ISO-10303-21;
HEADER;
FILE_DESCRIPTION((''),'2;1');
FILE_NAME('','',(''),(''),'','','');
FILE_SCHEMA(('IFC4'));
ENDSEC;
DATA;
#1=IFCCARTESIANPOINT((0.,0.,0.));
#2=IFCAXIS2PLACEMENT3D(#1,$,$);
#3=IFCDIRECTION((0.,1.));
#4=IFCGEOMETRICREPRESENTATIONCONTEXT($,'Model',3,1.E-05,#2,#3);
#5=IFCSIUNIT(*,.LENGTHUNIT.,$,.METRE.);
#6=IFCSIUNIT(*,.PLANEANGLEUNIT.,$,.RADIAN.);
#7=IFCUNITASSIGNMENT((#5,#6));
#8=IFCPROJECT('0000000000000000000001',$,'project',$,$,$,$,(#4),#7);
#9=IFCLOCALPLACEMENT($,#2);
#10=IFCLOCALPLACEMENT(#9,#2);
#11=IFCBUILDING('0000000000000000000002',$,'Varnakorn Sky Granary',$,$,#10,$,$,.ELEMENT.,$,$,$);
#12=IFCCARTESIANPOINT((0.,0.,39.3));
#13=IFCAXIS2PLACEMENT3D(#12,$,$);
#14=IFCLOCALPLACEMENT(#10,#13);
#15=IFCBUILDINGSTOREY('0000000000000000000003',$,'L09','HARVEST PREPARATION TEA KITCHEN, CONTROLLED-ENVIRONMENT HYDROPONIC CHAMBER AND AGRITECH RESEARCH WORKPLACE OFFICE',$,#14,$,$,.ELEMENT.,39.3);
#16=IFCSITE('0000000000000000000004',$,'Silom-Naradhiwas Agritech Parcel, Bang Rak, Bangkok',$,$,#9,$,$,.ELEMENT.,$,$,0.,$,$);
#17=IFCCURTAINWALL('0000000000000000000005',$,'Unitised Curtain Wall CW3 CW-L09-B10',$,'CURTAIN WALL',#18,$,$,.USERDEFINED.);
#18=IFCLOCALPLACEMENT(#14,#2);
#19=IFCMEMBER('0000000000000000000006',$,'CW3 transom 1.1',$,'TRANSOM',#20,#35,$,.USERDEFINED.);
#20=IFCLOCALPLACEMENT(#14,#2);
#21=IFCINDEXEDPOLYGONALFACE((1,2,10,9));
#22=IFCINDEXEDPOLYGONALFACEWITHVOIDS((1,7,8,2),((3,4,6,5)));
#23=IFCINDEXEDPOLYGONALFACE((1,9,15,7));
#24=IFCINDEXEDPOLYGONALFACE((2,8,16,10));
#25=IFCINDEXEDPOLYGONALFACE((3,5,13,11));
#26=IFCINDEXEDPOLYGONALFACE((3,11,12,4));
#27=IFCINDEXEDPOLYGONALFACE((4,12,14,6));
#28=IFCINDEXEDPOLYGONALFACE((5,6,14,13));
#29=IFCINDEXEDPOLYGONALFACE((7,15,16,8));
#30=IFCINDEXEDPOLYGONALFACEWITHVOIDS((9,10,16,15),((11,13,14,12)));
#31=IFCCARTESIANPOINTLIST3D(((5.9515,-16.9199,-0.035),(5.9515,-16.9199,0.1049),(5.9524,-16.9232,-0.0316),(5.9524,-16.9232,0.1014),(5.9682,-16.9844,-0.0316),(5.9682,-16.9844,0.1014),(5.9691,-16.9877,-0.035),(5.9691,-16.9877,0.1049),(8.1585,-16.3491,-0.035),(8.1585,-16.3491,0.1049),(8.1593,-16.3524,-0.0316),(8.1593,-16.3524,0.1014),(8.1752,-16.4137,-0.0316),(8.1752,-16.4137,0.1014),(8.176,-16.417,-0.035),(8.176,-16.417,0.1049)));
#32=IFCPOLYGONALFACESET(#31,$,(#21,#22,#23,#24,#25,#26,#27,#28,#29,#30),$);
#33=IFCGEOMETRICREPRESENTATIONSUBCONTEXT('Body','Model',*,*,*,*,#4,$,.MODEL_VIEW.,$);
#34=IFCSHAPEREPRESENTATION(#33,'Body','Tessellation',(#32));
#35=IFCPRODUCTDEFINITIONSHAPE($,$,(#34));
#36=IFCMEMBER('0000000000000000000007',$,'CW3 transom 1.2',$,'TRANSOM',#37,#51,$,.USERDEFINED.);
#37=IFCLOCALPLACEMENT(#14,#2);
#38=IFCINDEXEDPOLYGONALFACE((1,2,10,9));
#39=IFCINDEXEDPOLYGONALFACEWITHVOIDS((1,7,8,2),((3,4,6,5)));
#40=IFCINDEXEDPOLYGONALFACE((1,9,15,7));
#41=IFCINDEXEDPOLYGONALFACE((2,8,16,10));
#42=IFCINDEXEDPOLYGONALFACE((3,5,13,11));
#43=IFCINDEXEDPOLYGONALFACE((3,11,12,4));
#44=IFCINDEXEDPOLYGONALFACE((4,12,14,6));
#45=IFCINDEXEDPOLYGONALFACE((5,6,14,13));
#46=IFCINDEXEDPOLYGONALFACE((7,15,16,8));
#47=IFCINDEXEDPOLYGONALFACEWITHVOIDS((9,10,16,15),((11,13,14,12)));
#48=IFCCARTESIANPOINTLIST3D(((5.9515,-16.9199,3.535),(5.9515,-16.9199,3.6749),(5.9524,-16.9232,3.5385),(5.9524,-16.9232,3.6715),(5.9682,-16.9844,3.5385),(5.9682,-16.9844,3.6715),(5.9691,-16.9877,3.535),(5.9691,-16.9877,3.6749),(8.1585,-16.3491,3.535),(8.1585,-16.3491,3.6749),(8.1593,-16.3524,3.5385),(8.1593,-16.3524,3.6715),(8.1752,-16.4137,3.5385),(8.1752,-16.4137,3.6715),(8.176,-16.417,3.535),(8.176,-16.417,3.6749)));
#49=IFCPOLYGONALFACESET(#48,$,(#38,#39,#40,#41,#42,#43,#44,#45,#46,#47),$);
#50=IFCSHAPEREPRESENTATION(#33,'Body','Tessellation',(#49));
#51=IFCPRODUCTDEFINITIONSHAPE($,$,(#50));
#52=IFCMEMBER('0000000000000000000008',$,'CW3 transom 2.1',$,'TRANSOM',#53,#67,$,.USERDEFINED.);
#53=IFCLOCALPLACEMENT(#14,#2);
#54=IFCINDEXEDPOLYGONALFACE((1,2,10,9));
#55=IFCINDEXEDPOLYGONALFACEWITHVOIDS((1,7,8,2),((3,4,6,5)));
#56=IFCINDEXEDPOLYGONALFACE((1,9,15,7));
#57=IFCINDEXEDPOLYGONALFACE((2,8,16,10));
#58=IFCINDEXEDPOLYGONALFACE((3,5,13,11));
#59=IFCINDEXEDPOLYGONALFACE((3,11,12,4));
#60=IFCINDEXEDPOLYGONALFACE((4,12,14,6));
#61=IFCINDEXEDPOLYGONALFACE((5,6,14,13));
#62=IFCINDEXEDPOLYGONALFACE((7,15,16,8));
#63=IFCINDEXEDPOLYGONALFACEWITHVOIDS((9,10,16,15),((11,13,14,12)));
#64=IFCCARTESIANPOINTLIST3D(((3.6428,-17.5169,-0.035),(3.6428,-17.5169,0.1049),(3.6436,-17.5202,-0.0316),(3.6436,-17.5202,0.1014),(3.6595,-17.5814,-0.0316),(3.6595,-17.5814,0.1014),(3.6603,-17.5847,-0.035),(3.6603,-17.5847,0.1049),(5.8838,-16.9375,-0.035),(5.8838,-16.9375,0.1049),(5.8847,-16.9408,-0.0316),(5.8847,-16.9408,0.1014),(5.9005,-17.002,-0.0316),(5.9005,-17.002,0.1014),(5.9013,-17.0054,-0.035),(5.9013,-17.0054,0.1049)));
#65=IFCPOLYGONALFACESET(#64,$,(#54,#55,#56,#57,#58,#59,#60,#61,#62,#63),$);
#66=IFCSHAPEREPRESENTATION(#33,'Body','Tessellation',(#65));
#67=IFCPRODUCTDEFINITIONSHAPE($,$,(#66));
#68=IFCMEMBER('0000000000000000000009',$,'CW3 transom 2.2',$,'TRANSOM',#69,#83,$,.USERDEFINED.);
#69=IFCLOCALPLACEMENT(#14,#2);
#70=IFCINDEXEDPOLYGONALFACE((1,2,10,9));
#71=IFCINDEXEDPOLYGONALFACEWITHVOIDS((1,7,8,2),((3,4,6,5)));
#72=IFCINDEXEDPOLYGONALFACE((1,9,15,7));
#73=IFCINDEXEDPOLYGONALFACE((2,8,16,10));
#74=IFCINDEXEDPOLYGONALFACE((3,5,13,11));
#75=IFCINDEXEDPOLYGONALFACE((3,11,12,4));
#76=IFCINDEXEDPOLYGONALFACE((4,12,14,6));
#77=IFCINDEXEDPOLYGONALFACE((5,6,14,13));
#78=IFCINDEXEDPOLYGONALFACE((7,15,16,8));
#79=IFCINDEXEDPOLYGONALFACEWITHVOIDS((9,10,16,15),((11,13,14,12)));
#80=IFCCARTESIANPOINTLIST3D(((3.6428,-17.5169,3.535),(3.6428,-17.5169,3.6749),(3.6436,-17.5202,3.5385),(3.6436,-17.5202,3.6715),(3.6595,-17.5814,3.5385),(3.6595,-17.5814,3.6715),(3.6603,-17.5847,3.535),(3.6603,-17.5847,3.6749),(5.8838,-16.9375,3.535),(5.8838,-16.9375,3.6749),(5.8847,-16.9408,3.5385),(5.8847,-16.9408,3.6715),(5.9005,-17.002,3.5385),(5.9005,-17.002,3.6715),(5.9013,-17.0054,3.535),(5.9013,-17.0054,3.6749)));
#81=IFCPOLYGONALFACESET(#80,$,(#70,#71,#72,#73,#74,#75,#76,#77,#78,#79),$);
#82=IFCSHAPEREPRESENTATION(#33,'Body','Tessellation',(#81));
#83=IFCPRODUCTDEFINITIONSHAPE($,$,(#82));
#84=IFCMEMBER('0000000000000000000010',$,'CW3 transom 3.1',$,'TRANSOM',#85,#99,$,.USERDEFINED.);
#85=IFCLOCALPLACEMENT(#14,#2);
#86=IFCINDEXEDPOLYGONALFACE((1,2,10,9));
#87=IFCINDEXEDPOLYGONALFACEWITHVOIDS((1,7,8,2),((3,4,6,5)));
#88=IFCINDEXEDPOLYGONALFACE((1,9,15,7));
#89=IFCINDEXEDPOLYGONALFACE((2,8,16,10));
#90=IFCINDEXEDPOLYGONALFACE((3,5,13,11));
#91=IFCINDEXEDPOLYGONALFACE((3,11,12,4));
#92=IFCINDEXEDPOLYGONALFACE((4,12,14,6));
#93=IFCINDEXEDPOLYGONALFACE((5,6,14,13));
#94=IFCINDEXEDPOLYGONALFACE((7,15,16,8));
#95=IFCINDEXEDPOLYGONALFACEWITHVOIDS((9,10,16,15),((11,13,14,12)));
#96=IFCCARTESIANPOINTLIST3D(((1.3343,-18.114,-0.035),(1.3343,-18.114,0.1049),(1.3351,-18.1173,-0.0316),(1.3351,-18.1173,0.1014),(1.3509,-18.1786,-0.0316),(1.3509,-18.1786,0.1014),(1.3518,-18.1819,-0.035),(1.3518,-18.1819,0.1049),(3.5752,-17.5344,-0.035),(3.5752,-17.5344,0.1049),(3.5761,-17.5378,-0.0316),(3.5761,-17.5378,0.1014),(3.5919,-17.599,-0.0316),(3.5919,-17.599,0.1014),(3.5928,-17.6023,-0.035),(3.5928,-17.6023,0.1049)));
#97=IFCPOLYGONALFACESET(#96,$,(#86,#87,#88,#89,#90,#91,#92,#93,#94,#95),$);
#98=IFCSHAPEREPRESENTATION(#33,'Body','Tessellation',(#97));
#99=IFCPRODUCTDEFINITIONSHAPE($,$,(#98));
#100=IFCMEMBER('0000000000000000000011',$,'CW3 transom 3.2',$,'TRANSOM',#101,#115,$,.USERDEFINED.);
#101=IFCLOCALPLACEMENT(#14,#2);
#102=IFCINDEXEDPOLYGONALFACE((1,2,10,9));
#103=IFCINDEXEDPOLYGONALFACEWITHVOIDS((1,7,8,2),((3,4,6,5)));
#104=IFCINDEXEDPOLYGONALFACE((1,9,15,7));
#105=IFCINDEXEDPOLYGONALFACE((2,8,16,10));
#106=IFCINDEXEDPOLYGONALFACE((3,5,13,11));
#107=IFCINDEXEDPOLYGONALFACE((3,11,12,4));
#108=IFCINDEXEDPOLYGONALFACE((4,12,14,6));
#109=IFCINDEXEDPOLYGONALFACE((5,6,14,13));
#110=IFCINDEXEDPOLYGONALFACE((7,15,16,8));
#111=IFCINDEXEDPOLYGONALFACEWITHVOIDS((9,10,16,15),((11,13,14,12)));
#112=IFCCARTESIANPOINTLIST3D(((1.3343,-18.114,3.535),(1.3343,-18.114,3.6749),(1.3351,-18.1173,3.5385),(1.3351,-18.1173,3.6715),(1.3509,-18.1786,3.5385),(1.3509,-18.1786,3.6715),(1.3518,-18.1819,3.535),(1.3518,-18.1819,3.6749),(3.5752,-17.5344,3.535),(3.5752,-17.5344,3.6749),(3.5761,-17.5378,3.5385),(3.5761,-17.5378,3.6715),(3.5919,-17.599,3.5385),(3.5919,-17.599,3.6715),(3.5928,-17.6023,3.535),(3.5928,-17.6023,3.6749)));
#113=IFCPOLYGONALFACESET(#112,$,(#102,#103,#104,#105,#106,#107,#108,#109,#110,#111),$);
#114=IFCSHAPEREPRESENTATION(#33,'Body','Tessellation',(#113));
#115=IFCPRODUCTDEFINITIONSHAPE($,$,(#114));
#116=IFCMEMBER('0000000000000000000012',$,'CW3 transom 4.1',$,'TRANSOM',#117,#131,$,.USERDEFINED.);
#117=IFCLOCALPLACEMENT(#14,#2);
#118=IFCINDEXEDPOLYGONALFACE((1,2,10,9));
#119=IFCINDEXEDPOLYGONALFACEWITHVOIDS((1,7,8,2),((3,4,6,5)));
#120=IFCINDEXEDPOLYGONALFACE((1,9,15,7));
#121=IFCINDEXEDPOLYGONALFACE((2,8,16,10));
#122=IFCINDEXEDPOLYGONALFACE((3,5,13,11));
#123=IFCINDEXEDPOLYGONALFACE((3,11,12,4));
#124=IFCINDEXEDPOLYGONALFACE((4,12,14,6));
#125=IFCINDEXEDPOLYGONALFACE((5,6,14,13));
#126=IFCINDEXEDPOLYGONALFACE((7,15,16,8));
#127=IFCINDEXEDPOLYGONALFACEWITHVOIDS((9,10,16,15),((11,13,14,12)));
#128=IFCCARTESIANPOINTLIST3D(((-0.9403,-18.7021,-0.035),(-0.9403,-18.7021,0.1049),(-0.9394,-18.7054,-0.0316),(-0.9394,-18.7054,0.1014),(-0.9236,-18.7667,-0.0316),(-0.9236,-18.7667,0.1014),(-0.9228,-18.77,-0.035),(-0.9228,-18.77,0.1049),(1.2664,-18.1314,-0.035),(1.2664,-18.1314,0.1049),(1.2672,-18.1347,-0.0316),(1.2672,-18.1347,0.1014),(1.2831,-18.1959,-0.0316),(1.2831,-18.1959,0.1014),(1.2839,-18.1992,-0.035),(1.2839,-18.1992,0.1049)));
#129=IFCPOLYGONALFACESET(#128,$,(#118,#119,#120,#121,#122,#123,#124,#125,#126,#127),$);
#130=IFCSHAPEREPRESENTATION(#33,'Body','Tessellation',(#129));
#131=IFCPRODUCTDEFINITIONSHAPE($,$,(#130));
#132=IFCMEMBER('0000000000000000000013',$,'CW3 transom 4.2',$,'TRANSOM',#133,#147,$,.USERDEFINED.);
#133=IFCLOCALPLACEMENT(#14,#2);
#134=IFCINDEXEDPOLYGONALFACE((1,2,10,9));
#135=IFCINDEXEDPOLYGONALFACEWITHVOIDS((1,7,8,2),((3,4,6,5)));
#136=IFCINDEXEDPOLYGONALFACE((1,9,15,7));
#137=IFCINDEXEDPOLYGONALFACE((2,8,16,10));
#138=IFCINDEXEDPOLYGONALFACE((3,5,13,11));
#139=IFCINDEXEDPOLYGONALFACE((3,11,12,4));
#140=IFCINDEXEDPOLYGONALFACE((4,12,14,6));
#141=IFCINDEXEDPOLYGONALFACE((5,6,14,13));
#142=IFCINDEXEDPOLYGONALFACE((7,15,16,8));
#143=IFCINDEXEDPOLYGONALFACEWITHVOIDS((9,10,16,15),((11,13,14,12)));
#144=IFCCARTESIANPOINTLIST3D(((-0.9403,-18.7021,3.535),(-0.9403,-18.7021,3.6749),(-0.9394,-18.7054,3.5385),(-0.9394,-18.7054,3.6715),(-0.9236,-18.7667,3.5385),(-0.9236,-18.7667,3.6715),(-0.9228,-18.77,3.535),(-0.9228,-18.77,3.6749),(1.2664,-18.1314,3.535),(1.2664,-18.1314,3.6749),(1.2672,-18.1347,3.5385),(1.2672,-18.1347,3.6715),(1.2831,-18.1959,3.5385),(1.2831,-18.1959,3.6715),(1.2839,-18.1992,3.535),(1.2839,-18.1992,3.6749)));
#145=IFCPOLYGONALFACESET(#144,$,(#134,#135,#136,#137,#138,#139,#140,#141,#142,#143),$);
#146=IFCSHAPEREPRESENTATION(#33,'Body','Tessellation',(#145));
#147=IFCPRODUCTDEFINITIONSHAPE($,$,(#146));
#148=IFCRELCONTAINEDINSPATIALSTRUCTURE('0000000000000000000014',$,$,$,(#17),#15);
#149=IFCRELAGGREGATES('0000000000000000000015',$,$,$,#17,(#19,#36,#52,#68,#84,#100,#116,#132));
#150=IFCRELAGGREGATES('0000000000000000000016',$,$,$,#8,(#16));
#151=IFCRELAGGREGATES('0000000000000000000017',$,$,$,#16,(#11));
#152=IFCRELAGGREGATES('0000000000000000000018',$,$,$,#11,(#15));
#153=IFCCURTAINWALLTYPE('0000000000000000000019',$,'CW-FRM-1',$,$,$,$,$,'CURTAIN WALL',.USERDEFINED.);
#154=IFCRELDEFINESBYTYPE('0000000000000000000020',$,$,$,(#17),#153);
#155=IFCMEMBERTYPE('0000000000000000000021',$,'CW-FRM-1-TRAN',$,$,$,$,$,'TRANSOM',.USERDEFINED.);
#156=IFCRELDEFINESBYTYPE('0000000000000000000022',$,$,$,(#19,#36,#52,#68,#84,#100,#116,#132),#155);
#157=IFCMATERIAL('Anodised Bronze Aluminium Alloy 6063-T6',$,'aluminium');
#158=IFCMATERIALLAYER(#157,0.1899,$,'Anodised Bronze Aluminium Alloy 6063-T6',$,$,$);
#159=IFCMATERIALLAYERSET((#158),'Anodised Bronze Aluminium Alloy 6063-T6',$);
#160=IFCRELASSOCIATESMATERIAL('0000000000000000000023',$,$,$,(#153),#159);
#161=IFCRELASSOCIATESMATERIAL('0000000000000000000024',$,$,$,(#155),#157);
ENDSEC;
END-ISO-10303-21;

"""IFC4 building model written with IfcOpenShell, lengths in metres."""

from ifc_helpers import new_model, si_unit, direction, frame, origin, origin_2d, place, context, subcontext, project, spatial, hollow_rectangle, extrude, material, layer, layer_set, material_profile, profile_set, type_object, element, aggregate, save


model = new_model("IFC4")

# Units and contexts
model_context = context("Model", 3, precision=1e-05, world=origin(), true_north=direction((0.0, 1.0)))
body_context = subcontext(model_context, "Body", "Model", "MODEL_VIEW")
ifc_project = project(units=[si_unit("LENGTHUNIT", "METRE"), si_unit("PLANEANGLEUNIT", "RADIAN")], contexts=[model_context])

# Site, building, storey
site_placement = place(None, origin())
site = spatial("IfcSite", under=ifc_project, at=site_placement, Name="Silom-Naradhiwas Agritech Parcel, Bang Rak, Bangkok", CompositionType="ELEMENT", RefElevation=0.0)
building_placement = place(site_placement, origin())
building = spatial("IfcBuilding", under=site, at=building_placement, Name="Varnakorn Sky Granary", CompositionType="ELEMENT")
storey_placement = place(building_placement, frame((0.0, 0.0, 39.3)))
storey = spatial("IfcBuildingStorey", under=building, at=storey_placement, Name="L09", Description="HARVEST PREPARATION TEA KITCHEN, CONTROLLED-ENVIRONMENT HYDROPONIC CHAMBER AND AGRITECH RESEARCH WORKPLACE OFFICE", CompositionType="ELEMENT", Elevation=39.3)

# Curtain wall, members
ifc_material_1 = material(Name="Anodised Bronze Aluminium Alloy 6063-T6", Category="aluminium")
ifc_layer_1 = layer(ifc_material_1, 0.1899, Name="Anodised Bronze Aluminium Alloy 6063-T6")
ifc_layer_set_1 = layer_set([ifc_layer_1], Name="Anodised Bronze Aluminium Alloy 6063-T6")
curtain_wall_type = type_object("IfcCurtainWallType", Name="CW-FRM-1", ElementType="CURTAIN WALL", PredefinedType="USERDEFINED", material=ifc_layer_set_1)
curtain_wall_placement = place(storey_placement, origin())
curtain_wall = element("IfcCurtainWall", 1, at=curtain_wall_placement, inside=storey, type_object=curtain_wall_type, Name="Unitised Curtain Wall CW3 CW-L09-B10", ObjectType="CURTAIN WALL", PredefinedType="USERDEFINED")
ifc_material_profile_1 = material_profile(ifc_material_1, hollow_rectangle(XDim=0.0701, YDim=0.1399, WallThickness=0.0034, at=origin_2d()), Name="ALU TRAN 70x140")
ifc_profile_set_1 = profile_set([ifc_material_profile_1], Name="Anodised Bronze Aluminium Alloy 6063-T6")
member_type_1 = type_object("IfcMemberType", Name="CW-FRM-1-TRAN", ElementType="TRANSOM", PredefinedType="USERDEFINED", material=ifc_profile_set_1)
member_1_placement = place(storey_placement, frame((8.1672, -16.3831, 0.0349), z_axis=(-0.968145, -0.25039, 0.0), x_axis=(0.25039, -0.968145, 0.0)))
member_1 = element("IfcMember", 2, at=member_1_placement, type_object=member_type_1, Name="CW3 transom 1.1", ObjectType="TRANSOM", PredefinedType="USERDEFINED", context=body_context, shape_type="SweptSolid", body=[
    extrude(hollow_rectangle(XDim=0.0701, YDim=0.1399, WallThickness=0.0034, at=origin_2d()), origin(), (0.0, 0.0, 1.0), 2.2795),
])
member_2_placement = place(storey_placement, frame((8.1672, -16.3831, 3.605), z_axis=(-0.968145, -0.25039, 0.0), x_axis=(0.25039, -0.968145, 0.0)))
member_2 = element("IfcMember", 3, at=member_2_placement, type_object=member_type_1, Name="CW3 transom 1.2", ObjectType="TRANSOM", PredefinedType="USERDEFINED", context=body_context, shape_type="SweptSolid", body=[
    extrude(hollow_rectangle(XDim=0.0701, YDim=0.1399, WallThickness=0.0034, at=origin_2d()), origin(), (0.0, 0.0, 1.0), 2.2795),
])
member_3_placement = place(storey_placement, frame((5.8926, -16.9714, 0.0349), z_axis=(-0.968169, -0.250296, 0.0), x_axis=(0.250296, -0.968169, 0.0)))
member_3 = element("IfcMember", 4, at=member_3_placement, type_object=member_type_1, Name="CW3 transom 2.1", ObjectType="TRANSOM", PredefinedType="USERDEFINED", context=body_context, shape_type="SweptSolid", body=[
    extrude(hollow_rectangle(XDim=0.0701, YDim=0.1399, WallThickness=0.0034, at=origin_2d()), origin(), (0.0, 0.0, 1.0), 2.3147),
])
member_4_placement = place(storey_placement, frame((5.8926, -16.9714, 3.605), z_axis=(-0.968169, -0.250296, 0.0), x_axis=(0.250296, -0.968169, 0.0)))
member_4 = element("IfcMember", 5, at=member_4_placement, type_object=member_type_1, Name="CW3 transom 2.2", ObjectType="TRANSOM", PredefinedType="USERDEFINED", context=body_context, shape_type="SweptSolid", body=[
    extrude(hollow_rectangle(XDim=0.0701, YDim=0.1399, WallThickness=0.0034, at=origin_2d()), origin(), (0.0, 0.0, 1.0), 2.3147),
])
member_5_placement = place(storey_placement, frame((3.584, -17.5684, 0.0349), z_axis=(-0.968144, -0.250395, 0.0), x_axis=(0.250395, -0.968144, 0.0)))
member_5 = element("IfcMember", 6, at=member_5_placement, type_object=member_type_1, Name="CW3 transom 3.1", ObjectType="TRANSOM", PredefinedType="USERDEFINED", context=body_context, shape_type="SweptSolid", body=[
    extrude(hollow_rectangle(XDim=0.0701, YDim=0.1399, WallThickness=0.0034, at=origin_2d()), origin(), (0.0, 0.0, 1.0), 2.3147),
])
member_6_placement = place(storey_placement, frame((3.584, -17.5684, 3.605), z_axis=(-0.968144, -0.250395, 0.0), x_axis=(0.250395, -0.968144, 0.0)))
member_6 = element("IfcMember", 7, at=member_6_placement, type_object=member_type_1, Name="CW3 transom 3.2", ObjectType="TRANSOM", PredefinedType="USERDEFINED", context=body_context, shape_type="SweptSolid", body=[
    extrude(hollow_rectangle(XDim=0.0701, YDim=0.1399, WallThickness=0.0034, at=origin_2d()), origin(), (0.0, 0.0, 1.0), 2.3147),
])
member_7_placement = place(storey_placement, frame((1.2751, -18.1653, 0.0349), z_axis=(-0.968138, -0.250416, 0.0), x_axis=(0.250416, -0.968138, 0.0)))
member_7 = element("IfcMember", 8, at=member_7_placement, type_object=member_type_1, Name="CW3 transom 4.1", ObjectType="TRANSOM", PredefinedType="USERDEFINED", context=body_context, shape_type="SweptSolid", body=[
    extrude(hollow_rectangle(XDim=0.0701, YDim=0.1399, WallThickness=0.0034, at=origin_2d()), origin(), (0.0, 0.0, 1.0), 2.2793),
])
member_8_placement = place(storey_placement, frame((1.2751, -18.1653, 3.605), z_axis=(-0.968138, -0.250416, 0.0), x_axis=(0.250416, -0.968138, 0.0)))
member_8 = element("IfcMember", 9, at=member_8_placement, type_object=member_type_1, Name="CW3 transom 4.2", ObjectType="TRANSOM", PredefinedType="USERDEFINED", context=body_context, shape_type="SweptSolid", body=[
    extrude(hollow_rectangle(XDim=0.0701, YDim=0.1399, WallThickness=0.0034, at=origin_2d()), origin(), (0.0, 0.0, 1.0), 2.2793),
])

aggregate(curtain_wall, [member_1, member_2, member_3, member_4, member_5, member_6, member_7, member_8])

save(model, "model.ifc")
